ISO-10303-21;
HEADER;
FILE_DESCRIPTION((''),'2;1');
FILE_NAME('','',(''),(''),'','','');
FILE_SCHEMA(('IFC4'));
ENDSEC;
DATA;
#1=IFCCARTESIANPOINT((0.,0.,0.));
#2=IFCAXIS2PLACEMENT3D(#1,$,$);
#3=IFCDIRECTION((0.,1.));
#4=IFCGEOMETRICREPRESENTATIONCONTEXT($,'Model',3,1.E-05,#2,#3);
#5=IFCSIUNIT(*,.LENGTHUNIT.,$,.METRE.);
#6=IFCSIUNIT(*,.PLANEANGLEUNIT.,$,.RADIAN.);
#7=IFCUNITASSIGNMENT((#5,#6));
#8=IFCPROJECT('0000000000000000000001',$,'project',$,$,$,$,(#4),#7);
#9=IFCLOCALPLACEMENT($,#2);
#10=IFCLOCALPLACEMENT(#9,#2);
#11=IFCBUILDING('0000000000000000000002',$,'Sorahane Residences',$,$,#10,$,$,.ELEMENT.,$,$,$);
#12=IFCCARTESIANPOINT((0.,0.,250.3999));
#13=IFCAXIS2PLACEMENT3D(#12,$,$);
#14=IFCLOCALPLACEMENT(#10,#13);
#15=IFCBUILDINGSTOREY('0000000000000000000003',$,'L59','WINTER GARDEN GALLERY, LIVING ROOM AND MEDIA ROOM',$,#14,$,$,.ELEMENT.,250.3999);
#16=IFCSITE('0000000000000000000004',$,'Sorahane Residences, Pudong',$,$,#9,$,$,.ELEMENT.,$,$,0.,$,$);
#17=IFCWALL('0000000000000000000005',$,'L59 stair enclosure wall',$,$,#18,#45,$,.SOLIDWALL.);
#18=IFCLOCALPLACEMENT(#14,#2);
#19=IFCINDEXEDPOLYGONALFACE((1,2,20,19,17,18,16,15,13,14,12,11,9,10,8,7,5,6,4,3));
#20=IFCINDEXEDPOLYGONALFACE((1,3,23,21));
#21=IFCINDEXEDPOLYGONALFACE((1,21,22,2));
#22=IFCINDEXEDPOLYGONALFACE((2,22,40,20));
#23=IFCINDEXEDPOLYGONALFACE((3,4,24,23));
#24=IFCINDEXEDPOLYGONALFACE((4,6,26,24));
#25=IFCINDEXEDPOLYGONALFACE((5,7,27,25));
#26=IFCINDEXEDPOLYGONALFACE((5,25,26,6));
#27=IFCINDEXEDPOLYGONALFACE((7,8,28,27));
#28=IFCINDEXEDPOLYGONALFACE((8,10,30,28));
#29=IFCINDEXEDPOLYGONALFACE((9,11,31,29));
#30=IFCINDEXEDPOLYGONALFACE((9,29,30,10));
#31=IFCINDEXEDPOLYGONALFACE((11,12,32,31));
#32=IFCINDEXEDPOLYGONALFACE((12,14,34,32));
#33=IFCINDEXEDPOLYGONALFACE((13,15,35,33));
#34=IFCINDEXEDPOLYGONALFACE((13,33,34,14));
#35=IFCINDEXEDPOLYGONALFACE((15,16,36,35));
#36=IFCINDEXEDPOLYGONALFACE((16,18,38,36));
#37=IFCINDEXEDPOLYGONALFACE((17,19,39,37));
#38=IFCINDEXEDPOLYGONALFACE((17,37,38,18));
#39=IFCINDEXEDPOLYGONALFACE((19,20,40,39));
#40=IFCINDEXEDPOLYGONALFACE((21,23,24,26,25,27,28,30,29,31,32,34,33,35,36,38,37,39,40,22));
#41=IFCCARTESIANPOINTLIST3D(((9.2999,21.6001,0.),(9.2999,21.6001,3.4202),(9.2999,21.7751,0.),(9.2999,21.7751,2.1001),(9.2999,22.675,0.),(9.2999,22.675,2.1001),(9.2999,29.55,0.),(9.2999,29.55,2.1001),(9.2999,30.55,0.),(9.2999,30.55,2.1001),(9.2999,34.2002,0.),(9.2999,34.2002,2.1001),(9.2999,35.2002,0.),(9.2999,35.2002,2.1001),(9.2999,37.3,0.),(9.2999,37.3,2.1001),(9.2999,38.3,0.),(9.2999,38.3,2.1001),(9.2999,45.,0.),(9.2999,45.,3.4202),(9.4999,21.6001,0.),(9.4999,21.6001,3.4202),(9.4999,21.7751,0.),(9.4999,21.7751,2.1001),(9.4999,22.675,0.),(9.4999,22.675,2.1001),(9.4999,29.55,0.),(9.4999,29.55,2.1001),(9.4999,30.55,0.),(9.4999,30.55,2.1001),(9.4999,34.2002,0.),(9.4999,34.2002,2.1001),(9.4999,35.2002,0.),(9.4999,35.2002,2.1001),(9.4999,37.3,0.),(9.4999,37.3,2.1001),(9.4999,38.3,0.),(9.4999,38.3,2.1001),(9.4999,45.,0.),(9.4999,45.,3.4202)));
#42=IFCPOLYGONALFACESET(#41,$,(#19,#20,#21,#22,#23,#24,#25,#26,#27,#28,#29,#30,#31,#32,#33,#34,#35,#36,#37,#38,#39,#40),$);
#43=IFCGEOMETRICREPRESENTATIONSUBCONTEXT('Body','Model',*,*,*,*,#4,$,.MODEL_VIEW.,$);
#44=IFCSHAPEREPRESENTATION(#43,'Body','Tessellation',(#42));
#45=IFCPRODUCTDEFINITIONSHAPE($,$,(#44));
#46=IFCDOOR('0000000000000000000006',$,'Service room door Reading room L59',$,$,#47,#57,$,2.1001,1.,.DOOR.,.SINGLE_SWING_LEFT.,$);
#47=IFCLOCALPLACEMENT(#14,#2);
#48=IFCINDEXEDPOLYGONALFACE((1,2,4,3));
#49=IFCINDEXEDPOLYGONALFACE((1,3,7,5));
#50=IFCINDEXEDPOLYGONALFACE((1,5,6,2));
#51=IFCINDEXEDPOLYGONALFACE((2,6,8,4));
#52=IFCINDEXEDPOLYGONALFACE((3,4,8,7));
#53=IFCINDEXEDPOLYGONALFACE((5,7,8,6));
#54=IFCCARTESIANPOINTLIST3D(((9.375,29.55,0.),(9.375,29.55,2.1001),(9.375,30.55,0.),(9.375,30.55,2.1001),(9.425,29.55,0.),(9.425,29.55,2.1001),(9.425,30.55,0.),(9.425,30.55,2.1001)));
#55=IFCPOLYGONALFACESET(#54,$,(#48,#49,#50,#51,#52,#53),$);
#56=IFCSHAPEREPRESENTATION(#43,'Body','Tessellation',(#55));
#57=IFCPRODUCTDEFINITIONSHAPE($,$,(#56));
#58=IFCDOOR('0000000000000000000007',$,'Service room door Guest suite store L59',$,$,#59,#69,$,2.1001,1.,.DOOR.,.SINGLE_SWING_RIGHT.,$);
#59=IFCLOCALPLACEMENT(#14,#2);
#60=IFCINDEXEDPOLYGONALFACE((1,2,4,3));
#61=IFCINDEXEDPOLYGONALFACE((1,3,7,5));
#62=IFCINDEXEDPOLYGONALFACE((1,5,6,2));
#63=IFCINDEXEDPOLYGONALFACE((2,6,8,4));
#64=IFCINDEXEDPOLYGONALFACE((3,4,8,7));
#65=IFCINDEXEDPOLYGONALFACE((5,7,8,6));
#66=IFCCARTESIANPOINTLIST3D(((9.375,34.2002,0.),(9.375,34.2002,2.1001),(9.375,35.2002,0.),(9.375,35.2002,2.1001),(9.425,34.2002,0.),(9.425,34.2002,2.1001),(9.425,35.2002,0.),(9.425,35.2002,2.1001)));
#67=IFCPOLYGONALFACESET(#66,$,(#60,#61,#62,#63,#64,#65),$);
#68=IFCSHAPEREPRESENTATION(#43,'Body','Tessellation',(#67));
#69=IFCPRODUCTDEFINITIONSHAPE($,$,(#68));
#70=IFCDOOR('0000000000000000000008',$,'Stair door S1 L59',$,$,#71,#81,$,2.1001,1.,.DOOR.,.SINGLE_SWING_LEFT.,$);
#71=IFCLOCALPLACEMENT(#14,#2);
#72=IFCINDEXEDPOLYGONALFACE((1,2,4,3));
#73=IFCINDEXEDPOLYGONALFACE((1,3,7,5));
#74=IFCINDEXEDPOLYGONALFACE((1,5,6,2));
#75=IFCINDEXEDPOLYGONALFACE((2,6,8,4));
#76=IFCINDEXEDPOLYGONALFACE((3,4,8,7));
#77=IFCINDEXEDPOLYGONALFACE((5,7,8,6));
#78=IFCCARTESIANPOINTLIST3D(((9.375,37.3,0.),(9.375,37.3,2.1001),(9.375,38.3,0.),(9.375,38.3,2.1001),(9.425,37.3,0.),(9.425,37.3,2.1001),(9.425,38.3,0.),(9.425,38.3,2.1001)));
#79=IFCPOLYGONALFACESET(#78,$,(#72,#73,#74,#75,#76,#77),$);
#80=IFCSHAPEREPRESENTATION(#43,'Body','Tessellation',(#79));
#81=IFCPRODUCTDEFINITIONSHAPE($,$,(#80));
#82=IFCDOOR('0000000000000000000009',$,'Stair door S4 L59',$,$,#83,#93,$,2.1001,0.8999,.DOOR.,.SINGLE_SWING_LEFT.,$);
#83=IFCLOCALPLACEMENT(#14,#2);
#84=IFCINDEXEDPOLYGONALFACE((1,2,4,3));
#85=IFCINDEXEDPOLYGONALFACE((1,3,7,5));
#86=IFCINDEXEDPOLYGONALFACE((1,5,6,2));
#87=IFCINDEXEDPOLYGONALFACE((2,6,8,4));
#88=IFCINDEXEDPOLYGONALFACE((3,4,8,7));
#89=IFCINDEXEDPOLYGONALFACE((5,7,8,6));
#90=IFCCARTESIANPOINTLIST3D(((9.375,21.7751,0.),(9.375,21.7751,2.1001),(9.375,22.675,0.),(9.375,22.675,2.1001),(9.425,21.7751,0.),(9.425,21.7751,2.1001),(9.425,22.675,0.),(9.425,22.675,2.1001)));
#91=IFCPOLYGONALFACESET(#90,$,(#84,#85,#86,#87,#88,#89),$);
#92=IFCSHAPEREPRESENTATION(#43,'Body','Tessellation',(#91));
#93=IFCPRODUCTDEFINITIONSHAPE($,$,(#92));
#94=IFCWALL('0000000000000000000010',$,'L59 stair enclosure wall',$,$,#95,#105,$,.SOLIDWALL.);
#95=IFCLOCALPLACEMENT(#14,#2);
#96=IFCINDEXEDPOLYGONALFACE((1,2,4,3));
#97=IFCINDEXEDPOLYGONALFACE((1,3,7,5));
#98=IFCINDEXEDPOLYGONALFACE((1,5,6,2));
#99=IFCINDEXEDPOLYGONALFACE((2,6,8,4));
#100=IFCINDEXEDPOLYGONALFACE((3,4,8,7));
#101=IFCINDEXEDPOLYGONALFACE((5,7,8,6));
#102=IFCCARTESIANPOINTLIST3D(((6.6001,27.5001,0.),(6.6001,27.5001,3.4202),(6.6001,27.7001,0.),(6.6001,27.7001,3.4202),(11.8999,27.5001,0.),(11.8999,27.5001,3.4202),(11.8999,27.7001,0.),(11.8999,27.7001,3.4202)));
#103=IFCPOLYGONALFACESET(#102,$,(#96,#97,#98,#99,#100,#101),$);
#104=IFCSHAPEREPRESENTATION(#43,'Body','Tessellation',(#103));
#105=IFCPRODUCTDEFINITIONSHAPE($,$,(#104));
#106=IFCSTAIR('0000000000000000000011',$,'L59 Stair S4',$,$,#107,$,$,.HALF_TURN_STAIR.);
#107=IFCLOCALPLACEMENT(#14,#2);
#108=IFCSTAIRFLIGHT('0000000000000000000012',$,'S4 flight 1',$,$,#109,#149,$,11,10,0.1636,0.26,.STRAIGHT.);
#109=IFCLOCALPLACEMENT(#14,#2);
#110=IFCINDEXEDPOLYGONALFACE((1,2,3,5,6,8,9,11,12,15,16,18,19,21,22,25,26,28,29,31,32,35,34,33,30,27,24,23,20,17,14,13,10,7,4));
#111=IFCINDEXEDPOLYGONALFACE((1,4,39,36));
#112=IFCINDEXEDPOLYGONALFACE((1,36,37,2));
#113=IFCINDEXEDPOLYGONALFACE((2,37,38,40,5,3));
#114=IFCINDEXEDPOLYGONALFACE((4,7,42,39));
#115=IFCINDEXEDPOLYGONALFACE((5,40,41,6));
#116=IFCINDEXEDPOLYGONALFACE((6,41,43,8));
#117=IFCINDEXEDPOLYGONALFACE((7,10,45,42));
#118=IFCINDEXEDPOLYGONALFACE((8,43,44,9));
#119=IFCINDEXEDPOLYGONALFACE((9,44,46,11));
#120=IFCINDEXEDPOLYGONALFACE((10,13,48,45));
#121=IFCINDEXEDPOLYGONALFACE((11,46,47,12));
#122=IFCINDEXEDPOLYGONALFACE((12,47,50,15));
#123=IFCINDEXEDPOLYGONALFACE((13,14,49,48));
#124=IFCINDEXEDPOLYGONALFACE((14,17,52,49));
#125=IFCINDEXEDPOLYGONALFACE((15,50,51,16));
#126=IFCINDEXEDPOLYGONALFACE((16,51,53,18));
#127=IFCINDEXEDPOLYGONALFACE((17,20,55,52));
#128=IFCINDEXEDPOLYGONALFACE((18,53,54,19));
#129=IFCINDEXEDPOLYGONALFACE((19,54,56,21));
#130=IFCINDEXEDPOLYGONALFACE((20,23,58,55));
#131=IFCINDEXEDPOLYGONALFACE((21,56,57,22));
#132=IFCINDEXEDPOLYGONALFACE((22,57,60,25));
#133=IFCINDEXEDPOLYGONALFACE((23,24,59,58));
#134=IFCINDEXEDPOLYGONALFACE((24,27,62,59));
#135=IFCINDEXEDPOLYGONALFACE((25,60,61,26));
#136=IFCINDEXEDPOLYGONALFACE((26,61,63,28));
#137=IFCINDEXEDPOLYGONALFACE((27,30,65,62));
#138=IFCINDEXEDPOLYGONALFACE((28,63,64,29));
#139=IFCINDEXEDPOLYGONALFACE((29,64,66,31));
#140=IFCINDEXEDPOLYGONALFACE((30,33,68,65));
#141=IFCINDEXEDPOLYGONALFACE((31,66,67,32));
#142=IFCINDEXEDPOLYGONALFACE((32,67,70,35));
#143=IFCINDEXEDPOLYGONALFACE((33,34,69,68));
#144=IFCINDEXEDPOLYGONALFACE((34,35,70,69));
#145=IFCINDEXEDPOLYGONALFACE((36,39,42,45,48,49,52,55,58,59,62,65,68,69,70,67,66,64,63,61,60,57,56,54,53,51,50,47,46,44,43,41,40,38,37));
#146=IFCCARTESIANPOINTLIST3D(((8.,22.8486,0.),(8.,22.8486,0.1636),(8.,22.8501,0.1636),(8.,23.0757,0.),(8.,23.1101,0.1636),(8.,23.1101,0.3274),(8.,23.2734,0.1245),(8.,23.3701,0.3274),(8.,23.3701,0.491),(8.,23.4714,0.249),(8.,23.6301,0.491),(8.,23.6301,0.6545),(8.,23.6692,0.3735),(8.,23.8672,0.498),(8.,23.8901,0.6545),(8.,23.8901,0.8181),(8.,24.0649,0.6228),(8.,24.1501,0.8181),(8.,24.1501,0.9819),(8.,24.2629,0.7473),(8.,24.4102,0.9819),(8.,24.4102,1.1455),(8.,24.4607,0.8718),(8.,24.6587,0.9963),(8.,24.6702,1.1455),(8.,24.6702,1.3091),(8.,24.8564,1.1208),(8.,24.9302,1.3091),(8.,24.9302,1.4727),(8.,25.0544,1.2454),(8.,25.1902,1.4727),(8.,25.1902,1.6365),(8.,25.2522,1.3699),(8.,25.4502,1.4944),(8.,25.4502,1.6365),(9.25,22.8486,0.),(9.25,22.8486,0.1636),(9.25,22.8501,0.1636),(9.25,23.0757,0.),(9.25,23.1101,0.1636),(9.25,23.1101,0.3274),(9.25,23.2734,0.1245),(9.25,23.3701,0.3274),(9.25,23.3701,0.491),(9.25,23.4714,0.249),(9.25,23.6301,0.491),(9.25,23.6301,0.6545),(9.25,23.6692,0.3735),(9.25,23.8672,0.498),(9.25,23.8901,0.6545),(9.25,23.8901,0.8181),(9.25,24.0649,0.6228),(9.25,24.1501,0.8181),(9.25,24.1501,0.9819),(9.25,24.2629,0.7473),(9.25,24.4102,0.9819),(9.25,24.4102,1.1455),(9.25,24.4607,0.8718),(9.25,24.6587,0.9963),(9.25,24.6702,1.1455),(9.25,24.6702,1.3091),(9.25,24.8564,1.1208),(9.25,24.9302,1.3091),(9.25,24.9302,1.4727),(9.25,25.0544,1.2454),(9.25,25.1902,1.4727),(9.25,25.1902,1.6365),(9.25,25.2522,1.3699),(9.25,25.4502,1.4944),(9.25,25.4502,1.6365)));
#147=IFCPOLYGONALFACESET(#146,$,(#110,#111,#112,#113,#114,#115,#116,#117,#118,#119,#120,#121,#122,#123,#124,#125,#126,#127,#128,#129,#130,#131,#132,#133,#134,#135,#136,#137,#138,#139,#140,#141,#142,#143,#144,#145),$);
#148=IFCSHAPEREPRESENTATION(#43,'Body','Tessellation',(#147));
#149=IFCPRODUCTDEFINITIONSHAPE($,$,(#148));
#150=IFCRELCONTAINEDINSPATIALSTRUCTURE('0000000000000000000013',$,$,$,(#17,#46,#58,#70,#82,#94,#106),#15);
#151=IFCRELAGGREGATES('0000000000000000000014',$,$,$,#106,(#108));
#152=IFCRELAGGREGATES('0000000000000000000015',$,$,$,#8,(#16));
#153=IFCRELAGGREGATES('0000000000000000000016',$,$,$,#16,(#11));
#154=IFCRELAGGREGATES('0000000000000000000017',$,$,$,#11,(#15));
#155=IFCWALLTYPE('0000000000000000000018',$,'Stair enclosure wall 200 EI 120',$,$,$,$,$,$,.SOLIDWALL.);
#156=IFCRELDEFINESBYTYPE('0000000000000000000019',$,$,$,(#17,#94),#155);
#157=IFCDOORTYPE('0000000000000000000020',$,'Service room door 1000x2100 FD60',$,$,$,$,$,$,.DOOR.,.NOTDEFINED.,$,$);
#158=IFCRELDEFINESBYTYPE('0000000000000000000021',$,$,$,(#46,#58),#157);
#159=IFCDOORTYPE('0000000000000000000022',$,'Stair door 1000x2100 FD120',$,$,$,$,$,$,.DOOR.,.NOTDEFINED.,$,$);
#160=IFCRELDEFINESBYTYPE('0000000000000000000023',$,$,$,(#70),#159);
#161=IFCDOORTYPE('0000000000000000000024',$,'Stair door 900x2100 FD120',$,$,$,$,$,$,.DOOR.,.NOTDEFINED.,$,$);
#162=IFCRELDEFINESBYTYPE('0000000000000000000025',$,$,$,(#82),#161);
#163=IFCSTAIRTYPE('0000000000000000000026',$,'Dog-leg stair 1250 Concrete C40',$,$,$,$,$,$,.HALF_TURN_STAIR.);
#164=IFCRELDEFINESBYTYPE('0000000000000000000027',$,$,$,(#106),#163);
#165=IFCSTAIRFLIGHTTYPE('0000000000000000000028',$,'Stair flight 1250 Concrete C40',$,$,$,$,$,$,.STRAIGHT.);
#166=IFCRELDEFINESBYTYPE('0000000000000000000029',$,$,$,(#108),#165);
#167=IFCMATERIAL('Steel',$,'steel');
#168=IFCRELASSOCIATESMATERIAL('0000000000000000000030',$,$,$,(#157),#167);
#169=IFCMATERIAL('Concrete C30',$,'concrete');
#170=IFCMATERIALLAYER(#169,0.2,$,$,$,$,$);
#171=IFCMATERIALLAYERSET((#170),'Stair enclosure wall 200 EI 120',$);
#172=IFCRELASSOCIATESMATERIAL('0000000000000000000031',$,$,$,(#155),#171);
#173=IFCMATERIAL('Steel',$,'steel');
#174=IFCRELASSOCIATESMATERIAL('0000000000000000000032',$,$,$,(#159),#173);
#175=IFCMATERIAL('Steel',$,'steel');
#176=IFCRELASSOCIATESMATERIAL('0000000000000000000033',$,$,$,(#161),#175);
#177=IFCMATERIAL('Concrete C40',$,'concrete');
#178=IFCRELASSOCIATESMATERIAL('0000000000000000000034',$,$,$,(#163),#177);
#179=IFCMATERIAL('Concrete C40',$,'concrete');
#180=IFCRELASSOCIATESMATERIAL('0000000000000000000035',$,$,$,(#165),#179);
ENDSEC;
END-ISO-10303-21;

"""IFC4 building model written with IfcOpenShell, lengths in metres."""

from ifc_helpers import new_model, si_unit, direction, frame, frame_2d, origin, place, context, subcontext, project, spatial, polyline, rectangle, outline, extrude, material, layer, layer_set, type_object, element, fill, aggregate, save


model = new_model("IFC4")

# Units and contexts
model_context = context("Model", 3, precision=1e-05, world=origin(), true_north=direction((0.0, 1.0)))
body_context = subcontext(model_context, "Body", "Model", "MODEL_VIEW")
ifc_project = project(units=[si_unit("LENGTHUNIT", "METRE"), si_unit("PLANEANGLEUNIT", "RADIAN")], contexts=[model_context])

# Site, building, storey
site_placement = place(None, origin())
site = spatial("IfcSite", under=ifc_project, at=site_placement, Name="Sorahane Residences, Pudong", CompositionType="ELEMENT", RefElevation=0.0)
building_placement = place(site_placement, origin())
building = spatial("IfcBuilding", under=site, at=building_placement, Name="Sorahane Residences", CompositionType="ELEMENT")
storey_placement = place(building_placement, frame((0.0, 0.0, 250.3999)))
storey = spatial("IfcBuildingStorey", under=building, at=storey_placement, Name="L59", Description="WINTER GARDEN GALLERY, LIVING ROOM AND MEDIA ROOM", CompositionType="ELEMENT", Elevation=250.3999)

# Shared definitions
ifc_material_1 = material(Name="Steel", Category="steel")
door_type_1 = type_object("IfcDoorType", Name="Service room door 1000x2100 FD60", OperationType="NOTDEFINED", PredefinedType="DOOR", material=ifc_material_1)

# Wall, openings, doors
ifc_material_2 = material(Name="Concrete C30", Category="concrete")
ifc_layer_1 = layer(ifc_material_2, 0.2)
ifc_layer_set_1 = layer_set([ifc_layer_1], Name="Stair enclosure wall 200 EI 120")
wall_type_1 = type_object("IfcWallType", Name="Stair enclosure wall 200 EI 120", PredefinedType="SOLIDWALL", material=ifc_layer_set_1)
wall_1_placement = place(storey_placement, frame((9.3999, 21.6001, 0.0), z_axis=(0.0, 0.0, 1.0), x_axis=(0.0, 1.0, 0.0)))
wall_1 = element("IfcWall", 1, at=wall_1_placement, inside=storey, type_object=wall_type_1, Name="L59 stair enclosure wall", PredefinedType="SOLIDWALL", context=body_context, shape_type="SweptSolid", body=[
    extrude(rectangle(XDim=23.3999, YDim=0.2, at=frame_2d((11.7, 0.0))), origin(), (0.0, 0.0, 1.0), 3.4202),
])
opening_1_placement = place(wall_1_placement, frame((7.95, 0.0, 0.0)))
opening_1 = element("IfcOpeningElement", 2, at=opening_1_placement, cuts=wall_1, PredefinedType="OPENING", context=body_context, shape_type="SweptSolid", body=[
    extrude(rectangle(XDim=1.0, YDim=2.1001, at=frame_2d((0.5, 1.05))), frame((0.0, 0.1099, 0.0), z_axis=(0.0, -1.0, 0.0), x_axis=(1.0, 0.0, 0.0)), (0.0, 0.0, 1.0), 0.22),
])
opening_2_placement = place(wall_1_placement, frame((12.6001, 0.0, 0.0)))
opening_2 = element("IfcOpeningElement", 3, at=opening_2_placement, cuts=wall_1, PredefinedType="OPENING", context=body_context, shape_type="SweptSolid", body=[
    extrude(rectangle(XDim=1.0, YDim=2.1001, at=frame_2d((0.5, 1.05))), frame((0.0, 0.1099, 0.0), z_axis=(0.0, -1.0, 0.0), x_axis=(1.0, 0.0, 0.0)), (0.0, 0.0, 1.0), 0.22),
])
opening_3_placement = place(wall_1_placement, frame((15.7, 0.0, 0.0)))
opening_3 = element("IfcOpeningElement", 4, at=opening_3_placement, cuts=wall_1, PredefinedType="OPENING", context=body_context, shape_type="SweptSolid", body=[
    extrude(rectangle(XDim=1.0, YDim=2.1001, at=frame_2d((0.5, 1.05))), frame((0.0, 0.1099, 0.0), z_axis=(0.0, -1.0, 0.0), x_axis=(1.0, 0.0, 0.0)), (0.0, 0.0, 1.0), 0.22),
])
opening_4_placement = place(wall_1_placement, frame((0.175, 0.0, 0.0)))
opening_4 = element("IfcOpeningElement", 5, at=opening_4_placement, cuts=wall_1, PredefinedType="OPENING", context=body_context, shape_type="SweptSolid", body=[
    extrude(rectangle(XDim=0.8999, YDim=2.1001, at=frame_2d((0.45, 1.05))), frame((0.0, 0.1099, 0.0), z_axis=(0.0, -1.0, 0.0), x_axis=(1.0, 0.0, 0.0)), (0.0, 0.0, 1.0), 0.22),
])
door_1_placement = place(opening_1_placement, origin())
door_1 = element("IfcDoor", 6, at=door_1_placement, inside=storey, type_object=door_type_1, Name="Service room door Reading room L59", OperationType="SINGLE_SWING_LEFT", OverallHeight=2.1001, OverallWidth=1.0, PredefinedType="DOOR", context=body_context, shape_type="SweptSolid", body=[
    extrude(rectangle(XDim=1.0, YDim=2.1001, at=frame_2d((0.5, 1.05))), frame((0.0, 0.0249, 0.0), z_axis=(0.0, -1.0, 0.0), x_axis=(1.0, 0.0, 0.0)), (0.0, 0.0, 1.0), 0.05),
])
fill(opening_1, door_1)
door_2_placement = place(opening_2_placement, origin())
door_2 = element("IfcDoor", 7, at=door_2_placement, inside=storey, type_object=door_type_1, Name="Service room door Guest suite store L59", OperationType="SINGLE_SWING_RIGHT", OverallHeight=2.1001, OverallWidth=1.0, PredefinedType="DOOR", context=body_context, shape_type="SweptSolid", body=[
    extrude(rectangle(XDim=1.0, YDim=2.1001, at=frame_2d((0.5, 1.05))), frame((0.0, 0.0249, 0.0), z_axis=(0.0, -1.0, 0.0), x_axis=(1.0, 0.0, 0.0)), (0.0, 0.0, 1.0), 0.05),
])
fill(opening_2, door_2)
ifc_material_3 = material(Name="Steel", Category="steel")
door_type_2 = type_object("IfcDoorType", Name="Stair door 1000x2100 FD120", OperationType="NOTDEFINED", PredefinedType="DOOR", material=ifc_material_3)
door_3_placement = place(opening_3_placement, origin())
door_3 = element("IfcDoor", 8, at=door_3_placement, inside=storey, type_object=door_type_2, Name="Stair door S1 L59", OperationType="SINGLE_SWING_LEFT", OverallHeight=2.1001, OverallWidth=1.0, PredefinedType="DOOR", context=body_context, shape_type="SweptSolid", body=[
    extrude(rectangle(XDim=1.0, YDim=2.1001, at=frame_2d((0.5, 1.05))), frame((0.0, 0.0249, 0.0), z_axis=(0.0, -1.0, 0.0), x_axis=(1.0, 0.0, 0.0)), (0.0, 0.0, 1.0), 0.05),
])
fill(opening_3, door_3)
ifc_material_4 = material(Name="Steel", Category="steel")
door_type_3 = type_object("IfcDoorType", Name="Stair door 900x2100 FD120", OperationType="NOTDEFINED", PredefinedType="DOOR", material=ifc_material_4)
door_4_placement = place(opening_4_placement, origin())
door_4 = element("IfcDoor", 9, at=door_4_placement, inside=storey, type_object=door_type_3, Name="Stair door S4 L59", OperationType="SINGLE_SWING_LEFT", OverallHeight=2.1001, OverallWidth=0.8999, PredefinedType="DOOR", context=body_context, shape_type="SweptSolid", body=[
    extrude(rectangle(XDim=0.8999, YDim=2.1001, at=frame_2d((0.45, 1.05))), frame((0.0, 0.0249, 0.0), z_axis=(0.0, -1.0, 0.0), x_axis=(1.0, 0.0, 0.0)), (0.0, 0.0, 1.0), 0.05),
])
fill(opening_4, door_4)

# Wall
wall_2_placement = place(storey_placement, frame((6.6001, 27.6001, 0.0), z_axis=(0.0, 0.0, 1.0), x_axis=(1.0, 0.0, 0.0)))
element("IfcWall", 10, at=wall_2_placement, inside=storey, type_object=wall_type_1, Name="L59 stair enclosure wall", PredefinedType="SOLIDWALL", context=body_context, shape_type="SweptSolid", body=[
    extrude(rectangle(XDim=5.2998, YDim=0.2, at=frame_2d((2.6499, 0.0))), origin(), (0.0, 0.0, 1.0), 3.4202),
])

# Stair, stair flight
ifc_material_5 = material(Name="Concrete C40", Category="concrete")
stair_type = type_object("IfcStairType", Name="Dog-leg stair 1250 Concrete C40", PredefinedType="HALF_TURN_STAIR", material=ifc_material_5)
stair_placement = place(storey_placement, origin())
stair = element("IfcStair", 11, at=stair_placement, inside=storey, type_object=stair_type, Name="L59 Stair S4", PredefinedType="HALF_TURN_STAIR")
ifc_material_6 = material(Name="Concrete C40", Category="concrete")
stair_flight_type = type_object("IfcStairFlightType", Name="Stair flight 1250 Concrete C40", PredefinedType="STRAIGHT", material=ifc_material_6)
stair_flight_1_placement = place(storey_placement, frame((8.625, 22.8501, 0.0), z_axis=(0.0, 0.0, 1.0), x_axis=(0.0, 1.0, 0.0)))
stair_flight_1 = element("IfcStairFlight", 12, at=stair_flight_1_placement, type_object=stair_flight_type, Name="S4 flight 1", NumberOfRisers=11, NumberOfTreads=10, PredefinedType="STRAIGHT", RiserHeight=0.1636, TreadLength=0.26, context=body_context, shape_type="SweptSolid", body=[
    extrude(outline(polyline([(-0.0015, 0.0), (-0.0015, 0.1636), (0.0, 0.1636), (0.26, 0.1636), (0.26, 0.3274), (0.52, 0.3274), (0.52, 0.491), (0.78, 0.491), (0.78, 0.6545), (1.04, 0.6545), (1.04, 0.8181), (1.3, 0.8181), (1.3, 0.9819), (1.5601, 0.9819), (1.5601, 1.1455), (1.8201, 1.1455), (1.8201, 1.3091), (2.0801, 1.3091), (2.0801, 1.4727), (2.3401, 1.4727), (2.3401, 1.6365), (2.6001, 1.6365), (2.6001, 1.8), (2.6001, 1.4944), (2.4021, 1.3699), (2.2043, 1.2454), (2.0063, 1.1208), (1.8086, 0.9963), (1.6106, 0.8718), (1.4128, 0.7473), (1.2148, 0.6228), (1.0171, 0.498), (0.8191, 0.3735), (0.6213, 0.249), (0.4233, 0.1245), (0.2256, 0.0), (-0.0015, 0.0)])), frame((0.0, 0.625, 0.0), z_axis=(0.0, -1.0, 0.0), x_axis=(1.0, 0.0, 0.0)), (0.0, 0.0, 1.0), 1.25),
])
aggregate(stair, [stair_flight_1])

save(model, "model.ifc")
